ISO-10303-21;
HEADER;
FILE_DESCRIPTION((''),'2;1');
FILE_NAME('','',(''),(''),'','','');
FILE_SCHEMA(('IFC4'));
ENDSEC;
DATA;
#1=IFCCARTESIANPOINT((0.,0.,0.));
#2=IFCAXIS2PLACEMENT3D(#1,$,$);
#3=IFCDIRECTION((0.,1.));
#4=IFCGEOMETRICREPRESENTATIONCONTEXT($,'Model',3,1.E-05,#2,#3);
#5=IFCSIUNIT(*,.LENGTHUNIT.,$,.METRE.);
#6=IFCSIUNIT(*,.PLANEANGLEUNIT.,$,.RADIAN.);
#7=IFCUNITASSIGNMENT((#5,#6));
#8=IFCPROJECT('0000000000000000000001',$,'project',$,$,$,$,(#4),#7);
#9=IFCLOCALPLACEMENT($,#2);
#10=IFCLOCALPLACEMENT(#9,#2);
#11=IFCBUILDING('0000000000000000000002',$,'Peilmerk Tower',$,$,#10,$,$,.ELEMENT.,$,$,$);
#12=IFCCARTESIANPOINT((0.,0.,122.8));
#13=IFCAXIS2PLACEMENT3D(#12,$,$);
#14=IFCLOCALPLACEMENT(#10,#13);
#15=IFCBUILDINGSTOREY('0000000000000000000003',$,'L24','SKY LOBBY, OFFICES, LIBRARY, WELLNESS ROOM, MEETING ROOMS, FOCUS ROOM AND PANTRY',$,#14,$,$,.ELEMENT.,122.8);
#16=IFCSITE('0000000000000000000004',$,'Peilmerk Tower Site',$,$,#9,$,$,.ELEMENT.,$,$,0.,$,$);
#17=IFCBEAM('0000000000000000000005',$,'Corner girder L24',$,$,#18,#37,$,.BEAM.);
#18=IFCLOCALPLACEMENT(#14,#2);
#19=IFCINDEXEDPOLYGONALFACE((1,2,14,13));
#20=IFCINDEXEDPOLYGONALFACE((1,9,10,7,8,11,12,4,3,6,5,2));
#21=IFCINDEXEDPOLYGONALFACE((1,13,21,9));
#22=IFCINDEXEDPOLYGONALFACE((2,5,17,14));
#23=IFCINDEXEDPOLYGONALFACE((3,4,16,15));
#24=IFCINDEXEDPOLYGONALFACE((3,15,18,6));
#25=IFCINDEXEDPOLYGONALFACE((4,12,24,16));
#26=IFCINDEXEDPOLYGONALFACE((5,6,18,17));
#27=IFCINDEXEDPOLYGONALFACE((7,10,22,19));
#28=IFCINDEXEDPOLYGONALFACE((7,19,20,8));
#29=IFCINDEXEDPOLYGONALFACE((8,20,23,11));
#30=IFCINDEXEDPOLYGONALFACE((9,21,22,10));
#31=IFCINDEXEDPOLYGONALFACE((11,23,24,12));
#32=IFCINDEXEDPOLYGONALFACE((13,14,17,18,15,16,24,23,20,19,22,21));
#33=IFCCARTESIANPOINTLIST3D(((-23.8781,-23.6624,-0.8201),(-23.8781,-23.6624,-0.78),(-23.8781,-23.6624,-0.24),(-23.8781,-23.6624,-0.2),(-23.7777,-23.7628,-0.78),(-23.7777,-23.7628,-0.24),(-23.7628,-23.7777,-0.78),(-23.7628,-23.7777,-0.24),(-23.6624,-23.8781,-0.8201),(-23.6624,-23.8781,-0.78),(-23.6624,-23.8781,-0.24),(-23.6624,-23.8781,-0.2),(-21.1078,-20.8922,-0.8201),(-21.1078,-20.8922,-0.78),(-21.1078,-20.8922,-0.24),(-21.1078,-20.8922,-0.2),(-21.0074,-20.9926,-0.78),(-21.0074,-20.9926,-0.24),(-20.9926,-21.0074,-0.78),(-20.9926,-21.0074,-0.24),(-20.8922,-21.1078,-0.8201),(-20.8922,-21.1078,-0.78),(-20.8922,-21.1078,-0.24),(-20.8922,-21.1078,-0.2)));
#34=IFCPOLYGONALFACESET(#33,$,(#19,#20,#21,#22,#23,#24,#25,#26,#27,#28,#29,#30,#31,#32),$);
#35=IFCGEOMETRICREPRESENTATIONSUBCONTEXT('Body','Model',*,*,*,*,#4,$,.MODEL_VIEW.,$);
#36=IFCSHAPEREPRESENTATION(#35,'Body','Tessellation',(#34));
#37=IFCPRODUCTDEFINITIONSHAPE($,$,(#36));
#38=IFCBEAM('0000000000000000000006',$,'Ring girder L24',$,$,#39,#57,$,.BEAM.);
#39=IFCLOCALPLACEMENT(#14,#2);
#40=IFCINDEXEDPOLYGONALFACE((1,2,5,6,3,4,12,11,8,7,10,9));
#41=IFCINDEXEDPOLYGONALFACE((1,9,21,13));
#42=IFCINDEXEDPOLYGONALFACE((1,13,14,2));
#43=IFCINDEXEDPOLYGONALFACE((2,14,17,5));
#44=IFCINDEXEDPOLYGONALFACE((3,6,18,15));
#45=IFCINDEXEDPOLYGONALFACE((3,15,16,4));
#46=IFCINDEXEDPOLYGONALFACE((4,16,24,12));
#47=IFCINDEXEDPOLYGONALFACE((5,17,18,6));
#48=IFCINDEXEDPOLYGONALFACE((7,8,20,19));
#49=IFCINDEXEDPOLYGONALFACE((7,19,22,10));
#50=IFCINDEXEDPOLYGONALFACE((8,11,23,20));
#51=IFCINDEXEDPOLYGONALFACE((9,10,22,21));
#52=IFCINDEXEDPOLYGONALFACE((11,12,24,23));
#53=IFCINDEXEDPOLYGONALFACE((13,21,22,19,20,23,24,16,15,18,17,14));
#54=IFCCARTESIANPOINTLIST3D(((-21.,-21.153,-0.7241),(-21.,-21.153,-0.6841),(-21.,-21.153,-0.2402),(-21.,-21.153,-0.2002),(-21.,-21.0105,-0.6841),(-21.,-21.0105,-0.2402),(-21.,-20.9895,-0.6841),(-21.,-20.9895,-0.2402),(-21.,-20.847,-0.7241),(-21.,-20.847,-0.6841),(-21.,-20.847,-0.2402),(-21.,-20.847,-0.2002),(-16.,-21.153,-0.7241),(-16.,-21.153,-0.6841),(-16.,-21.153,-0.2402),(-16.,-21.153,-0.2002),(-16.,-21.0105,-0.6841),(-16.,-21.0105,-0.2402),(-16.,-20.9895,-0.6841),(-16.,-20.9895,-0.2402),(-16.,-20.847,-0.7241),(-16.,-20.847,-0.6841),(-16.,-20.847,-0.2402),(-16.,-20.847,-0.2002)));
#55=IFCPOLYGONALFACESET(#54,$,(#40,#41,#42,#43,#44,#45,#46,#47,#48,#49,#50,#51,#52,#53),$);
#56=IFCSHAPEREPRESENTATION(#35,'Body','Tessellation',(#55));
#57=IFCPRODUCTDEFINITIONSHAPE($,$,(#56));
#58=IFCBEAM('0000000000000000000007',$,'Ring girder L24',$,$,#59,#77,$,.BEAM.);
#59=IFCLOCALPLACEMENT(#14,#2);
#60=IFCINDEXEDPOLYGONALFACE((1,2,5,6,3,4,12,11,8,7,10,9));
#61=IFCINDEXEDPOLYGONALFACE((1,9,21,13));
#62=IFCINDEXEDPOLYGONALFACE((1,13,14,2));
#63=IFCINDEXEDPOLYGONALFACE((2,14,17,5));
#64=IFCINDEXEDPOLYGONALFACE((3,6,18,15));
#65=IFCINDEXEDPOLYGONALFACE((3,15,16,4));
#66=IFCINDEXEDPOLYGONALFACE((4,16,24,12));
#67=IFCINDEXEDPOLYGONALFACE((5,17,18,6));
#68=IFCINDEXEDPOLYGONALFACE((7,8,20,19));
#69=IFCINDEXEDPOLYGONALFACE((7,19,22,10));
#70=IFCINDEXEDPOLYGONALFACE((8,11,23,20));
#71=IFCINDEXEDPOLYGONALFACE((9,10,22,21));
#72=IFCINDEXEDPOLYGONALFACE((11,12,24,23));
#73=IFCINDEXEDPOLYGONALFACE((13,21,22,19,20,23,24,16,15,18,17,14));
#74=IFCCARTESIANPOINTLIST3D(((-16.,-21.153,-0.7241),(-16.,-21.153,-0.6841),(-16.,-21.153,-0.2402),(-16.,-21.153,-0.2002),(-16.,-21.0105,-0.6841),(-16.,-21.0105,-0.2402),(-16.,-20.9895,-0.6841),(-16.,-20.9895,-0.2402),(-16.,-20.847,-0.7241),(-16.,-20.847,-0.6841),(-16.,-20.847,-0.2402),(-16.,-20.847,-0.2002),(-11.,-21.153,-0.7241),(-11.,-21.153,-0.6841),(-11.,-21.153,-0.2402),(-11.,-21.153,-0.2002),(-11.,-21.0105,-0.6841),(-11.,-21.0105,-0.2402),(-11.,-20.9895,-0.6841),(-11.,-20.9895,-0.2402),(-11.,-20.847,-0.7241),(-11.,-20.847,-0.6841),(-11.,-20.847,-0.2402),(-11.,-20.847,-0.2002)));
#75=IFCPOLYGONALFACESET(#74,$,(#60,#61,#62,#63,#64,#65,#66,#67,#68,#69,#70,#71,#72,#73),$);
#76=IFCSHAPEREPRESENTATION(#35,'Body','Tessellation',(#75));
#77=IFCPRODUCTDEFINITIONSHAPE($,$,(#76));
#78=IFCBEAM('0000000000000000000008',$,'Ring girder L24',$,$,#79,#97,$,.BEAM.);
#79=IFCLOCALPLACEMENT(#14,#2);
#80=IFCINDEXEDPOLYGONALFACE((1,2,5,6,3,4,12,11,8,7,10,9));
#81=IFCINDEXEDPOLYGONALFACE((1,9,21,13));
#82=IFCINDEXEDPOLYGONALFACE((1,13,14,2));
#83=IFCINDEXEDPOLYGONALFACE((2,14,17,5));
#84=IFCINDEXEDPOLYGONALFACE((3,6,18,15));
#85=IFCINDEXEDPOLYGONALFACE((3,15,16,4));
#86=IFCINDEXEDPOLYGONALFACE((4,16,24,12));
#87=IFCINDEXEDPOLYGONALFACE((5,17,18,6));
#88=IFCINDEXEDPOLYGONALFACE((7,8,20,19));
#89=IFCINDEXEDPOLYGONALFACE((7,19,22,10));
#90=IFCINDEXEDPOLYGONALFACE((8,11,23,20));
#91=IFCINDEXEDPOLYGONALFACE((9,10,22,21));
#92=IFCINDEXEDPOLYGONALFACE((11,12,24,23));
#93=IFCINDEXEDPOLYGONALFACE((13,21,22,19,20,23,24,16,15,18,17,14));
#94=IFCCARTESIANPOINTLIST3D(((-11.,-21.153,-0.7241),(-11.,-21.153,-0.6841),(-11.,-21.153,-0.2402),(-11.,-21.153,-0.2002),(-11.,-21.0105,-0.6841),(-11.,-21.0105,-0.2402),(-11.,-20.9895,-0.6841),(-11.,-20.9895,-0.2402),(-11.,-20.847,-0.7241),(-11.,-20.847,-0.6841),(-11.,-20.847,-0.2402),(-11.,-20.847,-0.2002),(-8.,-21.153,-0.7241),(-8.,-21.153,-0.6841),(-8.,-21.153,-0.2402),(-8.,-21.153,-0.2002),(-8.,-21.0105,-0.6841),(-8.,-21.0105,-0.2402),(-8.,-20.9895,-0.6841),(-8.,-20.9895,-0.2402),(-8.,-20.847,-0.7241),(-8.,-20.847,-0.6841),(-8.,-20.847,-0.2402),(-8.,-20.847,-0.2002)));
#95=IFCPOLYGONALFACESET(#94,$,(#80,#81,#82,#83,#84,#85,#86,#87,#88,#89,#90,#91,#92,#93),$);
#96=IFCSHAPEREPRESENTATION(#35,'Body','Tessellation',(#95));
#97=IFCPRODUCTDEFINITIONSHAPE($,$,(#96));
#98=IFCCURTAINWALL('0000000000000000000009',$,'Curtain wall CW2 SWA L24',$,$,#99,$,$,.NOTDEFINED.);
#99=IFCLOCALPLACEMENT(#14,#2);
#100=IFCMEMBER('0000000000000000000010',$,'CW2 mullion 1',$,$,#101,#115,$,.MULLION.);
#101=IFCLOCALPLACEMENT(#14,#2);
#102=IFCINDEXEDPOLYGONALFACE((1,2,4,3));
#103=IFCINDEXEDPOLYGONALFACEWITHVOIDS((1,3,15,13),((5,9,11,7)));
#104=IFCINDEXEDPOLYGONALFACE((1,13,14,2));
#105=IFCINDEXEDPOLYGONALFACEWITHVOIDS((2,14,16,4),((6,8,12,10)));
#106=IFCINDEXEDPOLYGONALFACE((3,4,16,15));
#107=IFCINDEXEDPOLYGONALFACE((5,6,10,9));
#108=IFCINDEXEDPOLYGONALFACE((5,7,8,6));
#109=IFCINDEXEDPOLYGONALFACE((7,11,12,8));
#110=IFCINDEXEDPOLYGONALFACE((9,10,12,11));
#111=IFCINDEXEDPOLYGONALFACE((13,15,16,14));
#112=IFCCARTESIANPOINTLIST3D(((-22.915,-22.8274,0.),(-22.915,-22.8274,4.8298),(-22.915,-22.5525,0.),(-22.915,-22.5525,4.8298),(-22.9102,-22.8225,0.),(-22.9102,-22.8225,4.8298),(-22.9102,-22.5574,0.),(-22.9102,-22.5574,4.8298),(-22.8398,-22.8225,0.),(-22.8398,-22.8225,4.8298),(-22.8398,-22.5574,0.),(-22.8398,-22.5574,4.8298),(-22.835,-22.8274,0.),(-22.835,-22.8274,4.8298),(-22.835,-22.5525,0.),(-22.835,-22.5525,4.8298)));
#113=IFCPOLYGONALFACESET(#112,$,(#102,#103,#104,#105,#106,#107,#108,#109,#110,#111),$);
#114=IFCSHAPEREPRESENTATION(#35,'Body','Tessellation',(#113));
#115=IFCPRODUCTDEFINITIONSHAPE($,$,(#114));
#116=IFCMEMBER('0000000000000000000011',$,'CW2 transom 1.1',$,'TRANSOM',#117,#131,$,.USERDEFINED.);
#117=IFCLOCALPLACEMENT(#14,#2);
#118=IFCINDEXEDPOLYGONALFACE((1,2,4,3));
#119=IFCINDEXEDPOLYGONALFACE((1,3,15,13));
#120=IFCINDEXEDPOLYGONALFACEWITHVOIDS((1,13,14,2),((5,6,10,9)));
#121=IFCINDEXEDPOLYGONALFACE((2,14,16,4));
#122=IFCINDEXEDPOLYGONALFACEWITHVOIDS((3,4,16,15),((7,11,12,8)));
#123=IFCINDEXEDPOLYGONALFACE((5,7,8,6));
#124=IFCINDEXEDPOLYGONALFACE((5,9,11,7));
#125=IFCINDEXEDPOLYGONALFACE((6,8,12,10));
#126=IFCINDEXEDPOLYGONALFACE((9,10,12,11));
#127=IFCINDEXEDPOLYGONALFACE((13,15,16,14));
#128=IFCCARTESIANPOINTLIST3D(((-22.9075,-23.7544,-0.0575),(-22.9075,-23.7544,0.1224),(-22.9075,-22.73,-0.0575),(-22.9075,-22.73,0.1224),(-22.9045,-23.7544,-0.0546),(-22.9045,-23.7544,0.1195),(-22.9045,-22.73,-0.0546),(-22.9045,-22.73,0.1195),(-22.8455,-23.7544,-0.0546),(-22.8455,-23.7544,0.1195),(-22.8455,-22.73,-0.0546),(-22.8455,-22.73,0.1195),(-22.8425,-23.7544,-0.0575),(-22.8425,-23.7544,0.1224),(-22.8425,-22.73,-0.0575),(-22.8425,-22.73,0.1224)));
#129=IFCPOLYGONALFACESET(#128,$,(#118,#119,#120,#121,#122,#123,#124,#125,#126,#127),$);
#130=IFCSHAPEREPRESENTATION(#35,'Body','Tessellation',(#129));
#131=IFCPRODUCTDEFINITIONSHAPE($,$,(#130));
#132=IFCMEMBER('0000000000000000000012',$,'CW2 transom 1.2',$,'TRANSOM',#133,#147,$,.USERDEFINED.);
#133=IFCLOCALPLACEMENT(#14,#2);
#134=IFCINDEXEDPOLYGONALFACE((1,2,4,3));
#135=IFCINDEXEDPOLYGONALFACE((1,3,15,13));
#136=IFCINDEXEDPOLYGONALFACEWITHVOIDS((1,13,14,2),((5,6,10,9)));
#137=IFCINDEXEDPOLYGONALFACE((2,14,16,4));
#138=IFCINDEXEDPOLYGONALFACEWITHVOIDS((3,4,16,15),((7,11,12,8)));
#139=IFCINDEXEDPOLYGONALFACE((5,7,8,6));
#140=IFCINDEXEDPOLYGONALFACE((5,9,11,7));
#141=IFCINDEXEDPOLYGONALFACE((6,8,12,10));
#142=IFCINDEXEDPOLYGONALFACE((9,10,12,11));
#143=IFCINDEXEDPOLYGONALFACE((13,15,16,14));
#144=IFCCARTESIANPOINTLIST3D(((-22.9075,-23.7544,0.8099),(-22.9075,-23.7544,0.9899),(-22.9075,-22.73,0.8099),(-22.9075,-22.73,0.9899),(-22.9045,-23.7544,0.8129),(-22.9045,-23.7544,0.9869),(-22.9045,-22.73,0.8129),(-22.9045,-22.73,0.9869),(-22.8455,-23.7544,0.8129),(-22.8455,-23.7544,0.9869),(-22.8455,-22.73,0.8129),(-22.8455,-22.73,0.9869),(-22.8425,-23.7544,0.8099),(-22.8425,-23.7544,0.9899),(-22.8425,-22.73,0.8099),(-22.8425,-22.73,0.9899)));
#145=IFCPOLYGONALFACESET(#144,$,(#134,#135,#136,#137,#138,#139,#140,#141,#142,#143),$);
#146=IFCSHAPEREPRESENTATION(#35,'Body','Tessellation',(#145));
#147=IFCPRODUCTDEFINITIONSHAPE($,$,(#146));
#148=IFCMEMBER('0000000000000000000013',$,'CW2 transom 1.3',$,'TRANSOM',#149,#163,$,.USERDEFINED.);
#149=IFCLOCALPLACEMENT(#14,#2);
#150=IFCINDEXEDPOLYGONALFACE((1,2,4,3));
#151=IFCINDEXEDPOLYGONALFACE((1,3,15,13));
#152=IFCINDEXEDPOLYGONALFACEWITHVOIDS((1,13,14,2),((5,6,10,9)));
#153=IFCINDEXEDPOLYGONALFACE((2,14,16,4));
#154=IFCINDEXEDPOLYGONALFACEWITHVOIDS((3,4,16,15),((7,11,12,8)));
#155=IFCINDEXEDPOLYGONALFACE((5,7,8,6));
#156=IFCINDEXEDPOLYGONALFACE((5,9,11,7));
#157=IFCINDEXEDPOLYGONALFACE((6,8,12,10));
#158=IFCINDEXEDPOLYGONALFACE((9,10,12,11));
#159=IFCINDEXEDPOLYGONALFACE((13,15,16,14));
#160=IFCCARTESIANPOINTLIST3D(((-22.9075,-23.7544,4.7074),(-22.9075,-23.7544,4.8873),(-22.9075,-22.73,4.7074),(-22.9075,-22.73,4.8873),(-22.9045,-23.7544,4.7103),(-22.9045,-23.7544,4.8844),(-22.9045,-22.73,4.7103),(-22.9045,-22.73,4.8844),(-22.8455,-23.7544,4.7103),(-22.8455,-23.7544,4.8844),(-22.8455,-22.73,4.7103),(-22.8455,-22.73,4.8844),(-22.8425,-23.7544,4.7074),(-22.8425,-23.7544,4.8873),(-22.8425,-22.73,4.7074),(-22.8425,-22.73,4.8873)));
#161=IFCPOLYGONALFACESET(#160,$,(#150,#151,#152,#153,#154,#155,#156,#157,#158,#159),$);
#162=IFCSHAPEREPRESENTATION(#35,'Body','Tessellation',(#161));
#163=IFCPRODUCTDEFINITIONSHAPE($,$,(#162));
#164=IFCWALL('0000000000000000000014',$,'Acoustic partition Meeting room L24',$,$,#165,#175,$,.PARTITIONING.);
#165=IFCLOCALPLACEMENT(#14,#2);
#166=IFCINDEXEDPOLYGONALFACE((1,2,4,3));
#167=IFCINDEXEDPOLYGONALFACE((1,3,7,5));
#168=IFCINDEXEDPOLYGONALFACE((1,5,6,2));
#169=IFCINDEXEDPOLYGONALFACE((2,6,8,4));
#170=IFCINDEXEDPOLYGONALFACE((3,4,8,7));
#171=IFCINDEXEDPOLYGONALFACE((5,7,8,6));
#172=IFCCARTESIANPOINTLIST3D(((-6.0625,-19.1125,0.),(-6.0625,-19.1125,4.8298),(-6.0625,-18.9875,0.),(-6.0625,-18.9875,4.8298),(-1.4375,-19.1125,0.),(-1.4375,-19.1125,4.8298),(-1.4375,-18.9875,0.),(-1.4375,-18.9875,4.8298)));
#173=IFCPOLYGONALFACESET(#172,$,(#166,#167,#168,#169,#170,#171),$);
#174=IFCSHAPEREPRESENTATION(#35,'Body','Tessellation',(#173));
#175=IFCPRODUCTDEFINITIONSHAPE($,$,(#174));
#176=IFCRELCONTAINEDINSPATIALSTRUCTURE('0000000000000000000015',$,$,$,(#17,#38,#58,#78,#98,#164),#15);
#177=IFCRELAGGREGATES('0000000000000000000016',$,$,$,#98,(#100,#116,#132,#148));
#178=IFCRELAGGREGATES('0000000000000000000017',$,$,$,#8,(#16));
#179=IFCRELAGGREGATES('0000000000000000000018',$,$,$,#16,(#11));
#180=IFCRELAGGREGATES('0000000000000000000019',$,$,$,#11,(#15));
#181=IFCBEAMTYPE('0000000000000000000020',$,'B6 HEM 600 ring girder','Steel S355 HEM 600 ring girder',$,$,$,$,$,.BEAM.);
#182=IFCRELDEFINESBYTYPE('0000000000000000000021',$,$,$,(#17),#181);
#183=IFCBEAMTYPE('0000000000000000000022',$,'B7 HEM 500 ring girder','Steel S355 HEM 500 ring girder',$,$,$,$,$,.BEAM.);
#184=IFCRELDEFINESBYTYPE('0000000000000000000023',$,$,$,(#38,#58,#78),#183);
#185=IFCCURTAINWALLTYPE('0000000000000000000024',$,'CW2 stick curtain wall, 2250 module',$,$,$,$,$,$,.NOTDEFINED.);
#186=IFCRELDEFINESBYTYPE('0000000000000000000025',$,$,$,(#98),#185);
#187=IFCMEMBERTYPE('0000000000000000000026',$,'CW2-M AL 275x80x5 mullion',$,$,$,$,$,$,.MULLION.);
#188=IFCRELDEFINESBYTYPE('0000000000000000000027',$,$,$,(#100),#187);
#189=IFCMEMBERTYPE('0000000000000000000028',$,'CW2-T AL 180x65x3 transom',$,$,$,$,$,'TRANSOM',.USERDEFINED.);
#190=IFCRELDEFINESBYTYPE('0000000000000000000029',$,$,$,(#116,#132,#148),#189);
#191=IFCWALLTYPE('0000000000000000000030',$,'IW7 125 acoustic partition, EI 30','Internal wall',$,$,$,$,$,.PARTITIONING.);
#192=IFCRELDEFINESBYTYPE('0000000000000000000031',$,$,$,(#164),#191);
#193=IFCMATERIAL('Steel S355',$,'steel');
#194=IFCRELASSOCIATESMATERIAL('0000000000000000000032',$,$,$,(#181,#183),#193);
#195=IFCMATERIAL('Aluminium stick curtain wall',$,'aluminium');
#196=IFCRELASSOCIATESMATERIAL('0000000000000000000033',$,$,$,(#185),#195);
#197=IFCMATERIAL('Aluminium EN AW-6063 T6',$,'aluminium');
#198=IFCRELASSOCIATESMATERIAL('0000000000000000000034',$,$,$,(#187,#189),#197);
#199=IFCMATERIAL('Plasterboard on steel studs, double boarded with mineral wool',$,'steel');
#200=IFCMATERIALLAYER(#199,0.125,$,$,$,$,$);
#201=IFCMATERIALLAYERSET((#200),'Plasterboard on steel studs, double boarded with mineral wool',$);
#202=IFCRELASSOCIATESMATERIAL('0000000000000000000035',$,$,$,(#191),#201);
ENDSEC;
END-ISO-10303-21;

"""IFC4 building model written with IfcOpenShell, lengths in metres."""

from ifc_helpers import new_model, si_unit, direction, frame, frame_2d, origin, origin_2d, place, context, subcontext, project, spatial, rectangle, hollow_rectangle, i_section, extrude, material, layer, layer_set, material_profile, profile_set, type_object, element, aggregate, save


model = new_model("IFC4")

# Units and contexts
model_context = context("Model", 3, precision=1e-05, world=origin(), true_north=direction((0.0, 1.0)))
body_context = subcontext(model_context, "Body", "Model", "MODEL_VIEW")
ifc_project = project(units=[si_unit("LENGTHUNIT", "METRE"), si_unit("PLANEANGLEUNIT", "RADIAN")], contexts=[model_context])

# Site, building, storey
site_placement = place(None, origin())
site = spatial("IfcSite", under=ifc_project, at=site_placement, Name="Peilmerk Tower Site", CompositionType="ELEMENT", RefElevation=0.0)
building_placement = place(site_placement, origin())
building = spatial("IfcBuilding", under=site, at=building_placement, Name="Peilmerk Tower", CompositionType="ELEMENT")
storey_placement = place(building_placement, frame((0.0, 0.0, 122.8)))
storey = spatial("IfcBuildingStorey", under=building, at=storey_placement, Name="L24", Description="SKY LOBBY, OFFICES, LIBRARY, WELLNESS ROOM, MEETING ROOMS, FOCUS ROOM AND PANTRY", CompositionType="ELEMENT", Elevation=122.8)

# Beams
ifc_material_1 = material(Name="Steel S355", Category="steel")
ifc_material_profile_1 = material_profile(ifc_material_1, i_section(OverallWidth=0.3049, OverallDepth=0.6201, WebThickness=0.021, FlangeThickness=0.04, at=origin_2d()), Name="HEM 600")
ifc_profile_set_1 = profile_set([ifc_material_profile_1], Name="Steel S355")
beam_type_1 = type_object("IfcBeamType", Name="B6 HEM 600 ring girder", Description="Steel S355 HEM 600 ring girder", PredefinedType="BEAM", material=ifc_profile_set_1)
beam_1_placement = place(storey_placement, frame((-21.0, -21.0, -0.51), z_axis=(-0.707107, -0.707107, 0.0), x_axis=(0.707107, -0.707107, 0.0)))
element("IfcBeam", 1, at=beam_1_placement, inside=storey, type_object=beam_type_1, Name="Corner girder L24", PredefinedType="BEAM", context=body_context, shape_type="SweptSolid", body=[
    extrude(i_section(OverallWidth=0.3049, OverallDepth=0.6201, WebThickness=0.021, FlangeThickness=0.04, at=origin_2d()), origin(), (0.0, 0.0, 1.0), 3.9177),
])
ifc_material_profile_2 = material_profile(ifc_material_1, i_section(OverallWidth=0.3059, OverallDepth=0.5239, WebThickness=0.021, FlangeThickness=0.04, at=origin_2d()), Name="HEM 500")
ifc_profile_set_2 = profile_set([ifc_material_profile_2], Name="Steel S355")
beam_type_2 = type_object("IfcBeamType", Name="B7 HEM 500 ring girder", Description="Steel S355 HEM 500 ring girder", PredefinedType="BEAM", material=ifc_profile_set_2)
for number, where, z_axis, x_axis, name in (
    (2, (-21.0, -21.0, -0.4622), (1.0, 0.0, 0.0), (0.0, 1.0, 0.0), "Ring girder L24"),
    (3, (-16.0, -21.0, -0.4622), (1.0, 0.0, 0.0), (0.0, 1.0, 0.0), "Ring girder L24"),
):
    element("IfcBeam", number, at=place(storey_placement, frame(where, z_axis=z_axis, x_axis=x_axis)), inside=storey, type_object=beam_type_2, Name=name, PredefinedType="BEAM", context=body_context, shape_type="SweptSolid", body=[
        extrude(i_section(OverallWidth=0.3059, OverallDepth=0.5239, WebThickness=0.021, FlangeThickness=0.04, at=origin_2d()), origin(), (0.0, 0.0, 1.0), 5.0),
    ])
beam_2_placement = place(storey_placement, frame((-11.0, -21.0, -0.4622), z_axis=(1.0, 0.0, 0.0), x_axis=(0.0, 1.0, 0.0)))
element("IfcBeam", 4, at=beam_2_placement, inside=storey, type_object=beam_type_2, Name="Ring girder L24", PredefinedType="BEAM", context=body_context, shape_type="SweptSolid", body=[
    extrude(i_section(OverallWidth=0.3059, OverallDepth=0.5239, WebThickness=0.021, FlangeThickness=0.04, at=origin_2d()), origin(), (0.0, 0.0, 1.0), 3.0),
])

# Curtain wall, members
ifc_material_2 = material(Name="Aluminium stick curtain wall", Category="aluminium")
curtain_wall_type = type_object("IfcCurtainWallType", Name="CW2 stick curtain wall, 2250 module", PredefinedType="NOTDEFINED", material=ifc_material_2)
curtain_wall_placement = place(storey_placement, origin())
curtain_wall = element("IfcCurtainWall", 5, at=curtain_wall_placement, inside=storey, type_object=curtain_wall_type, Name="Curtain wall CW2 SWA L24", PredefinedType="NOTDEFINED")
ifc_material_3 = material(Name="Aluminium EN AW-6063 T6", Category="aluminium")
ifc_material_profile_3 = material_profile(ifc_material_3, hollow_rectangle(XDim=0.0801, YDim=0.2749, WallThickness=0.0049, at=origin_2d()), Name="AL 275x80x5")
ifc_profile_set_3 = profile_set([ifc_material_profile_3], Name="Aluminium EN AW-6063 T6")
member_type_1 = type_object("IfcMemberType", Name="CW2-M AL 275x80x5 mullion", PredefinedType="MULLION", material=ifc_profile_set_3)
member_1_placement = place(storey_placement, frame((-22.875, -22.6899, 0.0), z_axis=(0.0, 0.0, 1.0), x_axis=(1.0, 0.0, 0.0)))
member_1 = element("IfcMember", 6, at=member_1_placement, type_object=member_type_1, Name="CW2 mullion 1", PredefinedType="MULLION", context=body_context, shape_type="SweptSolid", body=[
    extrude(hollow_rectangle(XDim=0.0801, YDim=0.2749, WallThickness=0.0049, at=origin_2d()), origin(), (0.0, 0.0, 1.0), 4.8298),
])
ifc_material_profile_4 = material_profile(ifc_material_3, hollow_rectangle(XDim=0.0649, YDim=0.1799, WallThickness=0.0029, at=origin_2d()), Name="AL 180x65x3")
ifc_profile_set_4 = profile_set([ifc_material_profile_4], Name="Aluminium EN AW-6063 T6")
member_type_2 = type_object("IfcMemberType", Name="CW2-T AL 180x65x3 transom", ElementType="TRANSOM", PredefinedType="USERDEFINED", material=ifc_profile_set_4)
member_2_placement = place(storey_placement, frame((-22.875, -22.73, 0.0325), z_axis=(0.0, -1.0, 0.0), x_axis=(1.0, 0.0, 0.0)))
member_2 = element("IfcMember", 7, at=member_2_placement, type_object=member_type_2, Name="CW2 transom 1.1", ObjectType="TRANSOM", PredefinedType="USERDEFINED", context=body_context, shape_type="SweptSolid", body=[
    extrude(hollow_rectangle(XDim=0.0649, YDim=0.1799, WallThickness=0.0029, at=origin_2d()), origin(), (0.0, 0.0, 1.0), 1.0244),
])
member_3_placement = place(storey_placement, frame((-22.875, -22.73, 0.8999), z_axis=(0.0, -1.0, 0.0), x_axis=(1.0, 0.0, 0.0)))
member_3 = element("IfcMember", 8, at=member_3_placement, type_object=member_type_2, Name="CW2 transom 1.2", ObjectType="TRANSOM", PredefinedType="USERDEFINED", context=body_context, shape_type="SweptSolid", body=[
    extrude(hollow_rectangle(XDim=0.0649, YDim=0.1799, WallThickness=0.0029, at=origin_2d()), origin(), (0.0, 0.0, 1.0), 1.0244),
])
member_4_placement = place(storey_placement, frame((-22.875, -22.73, 4.7974), z_axis=(0.0, -1.0, 0.0), x_axis=(1.0, 0.0, 0.0)))
member_4 = element("IfcMember", 9, at=member_4_placement, type_object=member_type_2, Name="CW2 transom 1.3", ObjectType="TRANSOM", PredefinedType="USERDEFINED", context=body_context, shape_type="SweptSolid", body=[
    extrude(hollow_rectangle(XDim=0.0649, YDim=0.1799, WallThickness=0.0029, at=origin_2d()), origin(), (0.0, 0.0, 1.0), 1.0244),
])
aggregate(curtain_wall, [member_1, member_2, member_3, member_4])

# Wall
ifc_material_4 = material(Name="Plasterboard on steel studs, double boarded with mineral wool", Category="steel")
ifc_layer = layer(ifc_material_4, 0.125)
ifc_layer_set = layer_set([ifc_layer], Name="Plasterboard on steel studs, double boarded with mineral wool")
wall_type = type_object("IfcWallType", Name="IW7 125 acoustic partition, EI 30", Description="Internal wall", PredefinedType="PARTITIONING", material=ifc_layer_set)
wall_placement = place(storey_placement, frame((-6.0625, -19.05, 0.0), z_axis=(0.0, 0.0, 1.0), x_axis=(1.0, 0.0, 0.0)))
element("IfcWall", 10, at=wall_placement, inside=storey, type_object=wall_type, Name="Acoustic partition Meeting room L24", PredefinedType="PARTITIONING", context=body_context, shape_type="SweptSolid", body=[
    extrude(rectangle(XDim=4.625, YDim=0.125, at=frame_2d((2.3125, 0.0))), origin(), (0.0, 0.0, 1.0), 4.8298),
])

save(model, "model.ifc")
